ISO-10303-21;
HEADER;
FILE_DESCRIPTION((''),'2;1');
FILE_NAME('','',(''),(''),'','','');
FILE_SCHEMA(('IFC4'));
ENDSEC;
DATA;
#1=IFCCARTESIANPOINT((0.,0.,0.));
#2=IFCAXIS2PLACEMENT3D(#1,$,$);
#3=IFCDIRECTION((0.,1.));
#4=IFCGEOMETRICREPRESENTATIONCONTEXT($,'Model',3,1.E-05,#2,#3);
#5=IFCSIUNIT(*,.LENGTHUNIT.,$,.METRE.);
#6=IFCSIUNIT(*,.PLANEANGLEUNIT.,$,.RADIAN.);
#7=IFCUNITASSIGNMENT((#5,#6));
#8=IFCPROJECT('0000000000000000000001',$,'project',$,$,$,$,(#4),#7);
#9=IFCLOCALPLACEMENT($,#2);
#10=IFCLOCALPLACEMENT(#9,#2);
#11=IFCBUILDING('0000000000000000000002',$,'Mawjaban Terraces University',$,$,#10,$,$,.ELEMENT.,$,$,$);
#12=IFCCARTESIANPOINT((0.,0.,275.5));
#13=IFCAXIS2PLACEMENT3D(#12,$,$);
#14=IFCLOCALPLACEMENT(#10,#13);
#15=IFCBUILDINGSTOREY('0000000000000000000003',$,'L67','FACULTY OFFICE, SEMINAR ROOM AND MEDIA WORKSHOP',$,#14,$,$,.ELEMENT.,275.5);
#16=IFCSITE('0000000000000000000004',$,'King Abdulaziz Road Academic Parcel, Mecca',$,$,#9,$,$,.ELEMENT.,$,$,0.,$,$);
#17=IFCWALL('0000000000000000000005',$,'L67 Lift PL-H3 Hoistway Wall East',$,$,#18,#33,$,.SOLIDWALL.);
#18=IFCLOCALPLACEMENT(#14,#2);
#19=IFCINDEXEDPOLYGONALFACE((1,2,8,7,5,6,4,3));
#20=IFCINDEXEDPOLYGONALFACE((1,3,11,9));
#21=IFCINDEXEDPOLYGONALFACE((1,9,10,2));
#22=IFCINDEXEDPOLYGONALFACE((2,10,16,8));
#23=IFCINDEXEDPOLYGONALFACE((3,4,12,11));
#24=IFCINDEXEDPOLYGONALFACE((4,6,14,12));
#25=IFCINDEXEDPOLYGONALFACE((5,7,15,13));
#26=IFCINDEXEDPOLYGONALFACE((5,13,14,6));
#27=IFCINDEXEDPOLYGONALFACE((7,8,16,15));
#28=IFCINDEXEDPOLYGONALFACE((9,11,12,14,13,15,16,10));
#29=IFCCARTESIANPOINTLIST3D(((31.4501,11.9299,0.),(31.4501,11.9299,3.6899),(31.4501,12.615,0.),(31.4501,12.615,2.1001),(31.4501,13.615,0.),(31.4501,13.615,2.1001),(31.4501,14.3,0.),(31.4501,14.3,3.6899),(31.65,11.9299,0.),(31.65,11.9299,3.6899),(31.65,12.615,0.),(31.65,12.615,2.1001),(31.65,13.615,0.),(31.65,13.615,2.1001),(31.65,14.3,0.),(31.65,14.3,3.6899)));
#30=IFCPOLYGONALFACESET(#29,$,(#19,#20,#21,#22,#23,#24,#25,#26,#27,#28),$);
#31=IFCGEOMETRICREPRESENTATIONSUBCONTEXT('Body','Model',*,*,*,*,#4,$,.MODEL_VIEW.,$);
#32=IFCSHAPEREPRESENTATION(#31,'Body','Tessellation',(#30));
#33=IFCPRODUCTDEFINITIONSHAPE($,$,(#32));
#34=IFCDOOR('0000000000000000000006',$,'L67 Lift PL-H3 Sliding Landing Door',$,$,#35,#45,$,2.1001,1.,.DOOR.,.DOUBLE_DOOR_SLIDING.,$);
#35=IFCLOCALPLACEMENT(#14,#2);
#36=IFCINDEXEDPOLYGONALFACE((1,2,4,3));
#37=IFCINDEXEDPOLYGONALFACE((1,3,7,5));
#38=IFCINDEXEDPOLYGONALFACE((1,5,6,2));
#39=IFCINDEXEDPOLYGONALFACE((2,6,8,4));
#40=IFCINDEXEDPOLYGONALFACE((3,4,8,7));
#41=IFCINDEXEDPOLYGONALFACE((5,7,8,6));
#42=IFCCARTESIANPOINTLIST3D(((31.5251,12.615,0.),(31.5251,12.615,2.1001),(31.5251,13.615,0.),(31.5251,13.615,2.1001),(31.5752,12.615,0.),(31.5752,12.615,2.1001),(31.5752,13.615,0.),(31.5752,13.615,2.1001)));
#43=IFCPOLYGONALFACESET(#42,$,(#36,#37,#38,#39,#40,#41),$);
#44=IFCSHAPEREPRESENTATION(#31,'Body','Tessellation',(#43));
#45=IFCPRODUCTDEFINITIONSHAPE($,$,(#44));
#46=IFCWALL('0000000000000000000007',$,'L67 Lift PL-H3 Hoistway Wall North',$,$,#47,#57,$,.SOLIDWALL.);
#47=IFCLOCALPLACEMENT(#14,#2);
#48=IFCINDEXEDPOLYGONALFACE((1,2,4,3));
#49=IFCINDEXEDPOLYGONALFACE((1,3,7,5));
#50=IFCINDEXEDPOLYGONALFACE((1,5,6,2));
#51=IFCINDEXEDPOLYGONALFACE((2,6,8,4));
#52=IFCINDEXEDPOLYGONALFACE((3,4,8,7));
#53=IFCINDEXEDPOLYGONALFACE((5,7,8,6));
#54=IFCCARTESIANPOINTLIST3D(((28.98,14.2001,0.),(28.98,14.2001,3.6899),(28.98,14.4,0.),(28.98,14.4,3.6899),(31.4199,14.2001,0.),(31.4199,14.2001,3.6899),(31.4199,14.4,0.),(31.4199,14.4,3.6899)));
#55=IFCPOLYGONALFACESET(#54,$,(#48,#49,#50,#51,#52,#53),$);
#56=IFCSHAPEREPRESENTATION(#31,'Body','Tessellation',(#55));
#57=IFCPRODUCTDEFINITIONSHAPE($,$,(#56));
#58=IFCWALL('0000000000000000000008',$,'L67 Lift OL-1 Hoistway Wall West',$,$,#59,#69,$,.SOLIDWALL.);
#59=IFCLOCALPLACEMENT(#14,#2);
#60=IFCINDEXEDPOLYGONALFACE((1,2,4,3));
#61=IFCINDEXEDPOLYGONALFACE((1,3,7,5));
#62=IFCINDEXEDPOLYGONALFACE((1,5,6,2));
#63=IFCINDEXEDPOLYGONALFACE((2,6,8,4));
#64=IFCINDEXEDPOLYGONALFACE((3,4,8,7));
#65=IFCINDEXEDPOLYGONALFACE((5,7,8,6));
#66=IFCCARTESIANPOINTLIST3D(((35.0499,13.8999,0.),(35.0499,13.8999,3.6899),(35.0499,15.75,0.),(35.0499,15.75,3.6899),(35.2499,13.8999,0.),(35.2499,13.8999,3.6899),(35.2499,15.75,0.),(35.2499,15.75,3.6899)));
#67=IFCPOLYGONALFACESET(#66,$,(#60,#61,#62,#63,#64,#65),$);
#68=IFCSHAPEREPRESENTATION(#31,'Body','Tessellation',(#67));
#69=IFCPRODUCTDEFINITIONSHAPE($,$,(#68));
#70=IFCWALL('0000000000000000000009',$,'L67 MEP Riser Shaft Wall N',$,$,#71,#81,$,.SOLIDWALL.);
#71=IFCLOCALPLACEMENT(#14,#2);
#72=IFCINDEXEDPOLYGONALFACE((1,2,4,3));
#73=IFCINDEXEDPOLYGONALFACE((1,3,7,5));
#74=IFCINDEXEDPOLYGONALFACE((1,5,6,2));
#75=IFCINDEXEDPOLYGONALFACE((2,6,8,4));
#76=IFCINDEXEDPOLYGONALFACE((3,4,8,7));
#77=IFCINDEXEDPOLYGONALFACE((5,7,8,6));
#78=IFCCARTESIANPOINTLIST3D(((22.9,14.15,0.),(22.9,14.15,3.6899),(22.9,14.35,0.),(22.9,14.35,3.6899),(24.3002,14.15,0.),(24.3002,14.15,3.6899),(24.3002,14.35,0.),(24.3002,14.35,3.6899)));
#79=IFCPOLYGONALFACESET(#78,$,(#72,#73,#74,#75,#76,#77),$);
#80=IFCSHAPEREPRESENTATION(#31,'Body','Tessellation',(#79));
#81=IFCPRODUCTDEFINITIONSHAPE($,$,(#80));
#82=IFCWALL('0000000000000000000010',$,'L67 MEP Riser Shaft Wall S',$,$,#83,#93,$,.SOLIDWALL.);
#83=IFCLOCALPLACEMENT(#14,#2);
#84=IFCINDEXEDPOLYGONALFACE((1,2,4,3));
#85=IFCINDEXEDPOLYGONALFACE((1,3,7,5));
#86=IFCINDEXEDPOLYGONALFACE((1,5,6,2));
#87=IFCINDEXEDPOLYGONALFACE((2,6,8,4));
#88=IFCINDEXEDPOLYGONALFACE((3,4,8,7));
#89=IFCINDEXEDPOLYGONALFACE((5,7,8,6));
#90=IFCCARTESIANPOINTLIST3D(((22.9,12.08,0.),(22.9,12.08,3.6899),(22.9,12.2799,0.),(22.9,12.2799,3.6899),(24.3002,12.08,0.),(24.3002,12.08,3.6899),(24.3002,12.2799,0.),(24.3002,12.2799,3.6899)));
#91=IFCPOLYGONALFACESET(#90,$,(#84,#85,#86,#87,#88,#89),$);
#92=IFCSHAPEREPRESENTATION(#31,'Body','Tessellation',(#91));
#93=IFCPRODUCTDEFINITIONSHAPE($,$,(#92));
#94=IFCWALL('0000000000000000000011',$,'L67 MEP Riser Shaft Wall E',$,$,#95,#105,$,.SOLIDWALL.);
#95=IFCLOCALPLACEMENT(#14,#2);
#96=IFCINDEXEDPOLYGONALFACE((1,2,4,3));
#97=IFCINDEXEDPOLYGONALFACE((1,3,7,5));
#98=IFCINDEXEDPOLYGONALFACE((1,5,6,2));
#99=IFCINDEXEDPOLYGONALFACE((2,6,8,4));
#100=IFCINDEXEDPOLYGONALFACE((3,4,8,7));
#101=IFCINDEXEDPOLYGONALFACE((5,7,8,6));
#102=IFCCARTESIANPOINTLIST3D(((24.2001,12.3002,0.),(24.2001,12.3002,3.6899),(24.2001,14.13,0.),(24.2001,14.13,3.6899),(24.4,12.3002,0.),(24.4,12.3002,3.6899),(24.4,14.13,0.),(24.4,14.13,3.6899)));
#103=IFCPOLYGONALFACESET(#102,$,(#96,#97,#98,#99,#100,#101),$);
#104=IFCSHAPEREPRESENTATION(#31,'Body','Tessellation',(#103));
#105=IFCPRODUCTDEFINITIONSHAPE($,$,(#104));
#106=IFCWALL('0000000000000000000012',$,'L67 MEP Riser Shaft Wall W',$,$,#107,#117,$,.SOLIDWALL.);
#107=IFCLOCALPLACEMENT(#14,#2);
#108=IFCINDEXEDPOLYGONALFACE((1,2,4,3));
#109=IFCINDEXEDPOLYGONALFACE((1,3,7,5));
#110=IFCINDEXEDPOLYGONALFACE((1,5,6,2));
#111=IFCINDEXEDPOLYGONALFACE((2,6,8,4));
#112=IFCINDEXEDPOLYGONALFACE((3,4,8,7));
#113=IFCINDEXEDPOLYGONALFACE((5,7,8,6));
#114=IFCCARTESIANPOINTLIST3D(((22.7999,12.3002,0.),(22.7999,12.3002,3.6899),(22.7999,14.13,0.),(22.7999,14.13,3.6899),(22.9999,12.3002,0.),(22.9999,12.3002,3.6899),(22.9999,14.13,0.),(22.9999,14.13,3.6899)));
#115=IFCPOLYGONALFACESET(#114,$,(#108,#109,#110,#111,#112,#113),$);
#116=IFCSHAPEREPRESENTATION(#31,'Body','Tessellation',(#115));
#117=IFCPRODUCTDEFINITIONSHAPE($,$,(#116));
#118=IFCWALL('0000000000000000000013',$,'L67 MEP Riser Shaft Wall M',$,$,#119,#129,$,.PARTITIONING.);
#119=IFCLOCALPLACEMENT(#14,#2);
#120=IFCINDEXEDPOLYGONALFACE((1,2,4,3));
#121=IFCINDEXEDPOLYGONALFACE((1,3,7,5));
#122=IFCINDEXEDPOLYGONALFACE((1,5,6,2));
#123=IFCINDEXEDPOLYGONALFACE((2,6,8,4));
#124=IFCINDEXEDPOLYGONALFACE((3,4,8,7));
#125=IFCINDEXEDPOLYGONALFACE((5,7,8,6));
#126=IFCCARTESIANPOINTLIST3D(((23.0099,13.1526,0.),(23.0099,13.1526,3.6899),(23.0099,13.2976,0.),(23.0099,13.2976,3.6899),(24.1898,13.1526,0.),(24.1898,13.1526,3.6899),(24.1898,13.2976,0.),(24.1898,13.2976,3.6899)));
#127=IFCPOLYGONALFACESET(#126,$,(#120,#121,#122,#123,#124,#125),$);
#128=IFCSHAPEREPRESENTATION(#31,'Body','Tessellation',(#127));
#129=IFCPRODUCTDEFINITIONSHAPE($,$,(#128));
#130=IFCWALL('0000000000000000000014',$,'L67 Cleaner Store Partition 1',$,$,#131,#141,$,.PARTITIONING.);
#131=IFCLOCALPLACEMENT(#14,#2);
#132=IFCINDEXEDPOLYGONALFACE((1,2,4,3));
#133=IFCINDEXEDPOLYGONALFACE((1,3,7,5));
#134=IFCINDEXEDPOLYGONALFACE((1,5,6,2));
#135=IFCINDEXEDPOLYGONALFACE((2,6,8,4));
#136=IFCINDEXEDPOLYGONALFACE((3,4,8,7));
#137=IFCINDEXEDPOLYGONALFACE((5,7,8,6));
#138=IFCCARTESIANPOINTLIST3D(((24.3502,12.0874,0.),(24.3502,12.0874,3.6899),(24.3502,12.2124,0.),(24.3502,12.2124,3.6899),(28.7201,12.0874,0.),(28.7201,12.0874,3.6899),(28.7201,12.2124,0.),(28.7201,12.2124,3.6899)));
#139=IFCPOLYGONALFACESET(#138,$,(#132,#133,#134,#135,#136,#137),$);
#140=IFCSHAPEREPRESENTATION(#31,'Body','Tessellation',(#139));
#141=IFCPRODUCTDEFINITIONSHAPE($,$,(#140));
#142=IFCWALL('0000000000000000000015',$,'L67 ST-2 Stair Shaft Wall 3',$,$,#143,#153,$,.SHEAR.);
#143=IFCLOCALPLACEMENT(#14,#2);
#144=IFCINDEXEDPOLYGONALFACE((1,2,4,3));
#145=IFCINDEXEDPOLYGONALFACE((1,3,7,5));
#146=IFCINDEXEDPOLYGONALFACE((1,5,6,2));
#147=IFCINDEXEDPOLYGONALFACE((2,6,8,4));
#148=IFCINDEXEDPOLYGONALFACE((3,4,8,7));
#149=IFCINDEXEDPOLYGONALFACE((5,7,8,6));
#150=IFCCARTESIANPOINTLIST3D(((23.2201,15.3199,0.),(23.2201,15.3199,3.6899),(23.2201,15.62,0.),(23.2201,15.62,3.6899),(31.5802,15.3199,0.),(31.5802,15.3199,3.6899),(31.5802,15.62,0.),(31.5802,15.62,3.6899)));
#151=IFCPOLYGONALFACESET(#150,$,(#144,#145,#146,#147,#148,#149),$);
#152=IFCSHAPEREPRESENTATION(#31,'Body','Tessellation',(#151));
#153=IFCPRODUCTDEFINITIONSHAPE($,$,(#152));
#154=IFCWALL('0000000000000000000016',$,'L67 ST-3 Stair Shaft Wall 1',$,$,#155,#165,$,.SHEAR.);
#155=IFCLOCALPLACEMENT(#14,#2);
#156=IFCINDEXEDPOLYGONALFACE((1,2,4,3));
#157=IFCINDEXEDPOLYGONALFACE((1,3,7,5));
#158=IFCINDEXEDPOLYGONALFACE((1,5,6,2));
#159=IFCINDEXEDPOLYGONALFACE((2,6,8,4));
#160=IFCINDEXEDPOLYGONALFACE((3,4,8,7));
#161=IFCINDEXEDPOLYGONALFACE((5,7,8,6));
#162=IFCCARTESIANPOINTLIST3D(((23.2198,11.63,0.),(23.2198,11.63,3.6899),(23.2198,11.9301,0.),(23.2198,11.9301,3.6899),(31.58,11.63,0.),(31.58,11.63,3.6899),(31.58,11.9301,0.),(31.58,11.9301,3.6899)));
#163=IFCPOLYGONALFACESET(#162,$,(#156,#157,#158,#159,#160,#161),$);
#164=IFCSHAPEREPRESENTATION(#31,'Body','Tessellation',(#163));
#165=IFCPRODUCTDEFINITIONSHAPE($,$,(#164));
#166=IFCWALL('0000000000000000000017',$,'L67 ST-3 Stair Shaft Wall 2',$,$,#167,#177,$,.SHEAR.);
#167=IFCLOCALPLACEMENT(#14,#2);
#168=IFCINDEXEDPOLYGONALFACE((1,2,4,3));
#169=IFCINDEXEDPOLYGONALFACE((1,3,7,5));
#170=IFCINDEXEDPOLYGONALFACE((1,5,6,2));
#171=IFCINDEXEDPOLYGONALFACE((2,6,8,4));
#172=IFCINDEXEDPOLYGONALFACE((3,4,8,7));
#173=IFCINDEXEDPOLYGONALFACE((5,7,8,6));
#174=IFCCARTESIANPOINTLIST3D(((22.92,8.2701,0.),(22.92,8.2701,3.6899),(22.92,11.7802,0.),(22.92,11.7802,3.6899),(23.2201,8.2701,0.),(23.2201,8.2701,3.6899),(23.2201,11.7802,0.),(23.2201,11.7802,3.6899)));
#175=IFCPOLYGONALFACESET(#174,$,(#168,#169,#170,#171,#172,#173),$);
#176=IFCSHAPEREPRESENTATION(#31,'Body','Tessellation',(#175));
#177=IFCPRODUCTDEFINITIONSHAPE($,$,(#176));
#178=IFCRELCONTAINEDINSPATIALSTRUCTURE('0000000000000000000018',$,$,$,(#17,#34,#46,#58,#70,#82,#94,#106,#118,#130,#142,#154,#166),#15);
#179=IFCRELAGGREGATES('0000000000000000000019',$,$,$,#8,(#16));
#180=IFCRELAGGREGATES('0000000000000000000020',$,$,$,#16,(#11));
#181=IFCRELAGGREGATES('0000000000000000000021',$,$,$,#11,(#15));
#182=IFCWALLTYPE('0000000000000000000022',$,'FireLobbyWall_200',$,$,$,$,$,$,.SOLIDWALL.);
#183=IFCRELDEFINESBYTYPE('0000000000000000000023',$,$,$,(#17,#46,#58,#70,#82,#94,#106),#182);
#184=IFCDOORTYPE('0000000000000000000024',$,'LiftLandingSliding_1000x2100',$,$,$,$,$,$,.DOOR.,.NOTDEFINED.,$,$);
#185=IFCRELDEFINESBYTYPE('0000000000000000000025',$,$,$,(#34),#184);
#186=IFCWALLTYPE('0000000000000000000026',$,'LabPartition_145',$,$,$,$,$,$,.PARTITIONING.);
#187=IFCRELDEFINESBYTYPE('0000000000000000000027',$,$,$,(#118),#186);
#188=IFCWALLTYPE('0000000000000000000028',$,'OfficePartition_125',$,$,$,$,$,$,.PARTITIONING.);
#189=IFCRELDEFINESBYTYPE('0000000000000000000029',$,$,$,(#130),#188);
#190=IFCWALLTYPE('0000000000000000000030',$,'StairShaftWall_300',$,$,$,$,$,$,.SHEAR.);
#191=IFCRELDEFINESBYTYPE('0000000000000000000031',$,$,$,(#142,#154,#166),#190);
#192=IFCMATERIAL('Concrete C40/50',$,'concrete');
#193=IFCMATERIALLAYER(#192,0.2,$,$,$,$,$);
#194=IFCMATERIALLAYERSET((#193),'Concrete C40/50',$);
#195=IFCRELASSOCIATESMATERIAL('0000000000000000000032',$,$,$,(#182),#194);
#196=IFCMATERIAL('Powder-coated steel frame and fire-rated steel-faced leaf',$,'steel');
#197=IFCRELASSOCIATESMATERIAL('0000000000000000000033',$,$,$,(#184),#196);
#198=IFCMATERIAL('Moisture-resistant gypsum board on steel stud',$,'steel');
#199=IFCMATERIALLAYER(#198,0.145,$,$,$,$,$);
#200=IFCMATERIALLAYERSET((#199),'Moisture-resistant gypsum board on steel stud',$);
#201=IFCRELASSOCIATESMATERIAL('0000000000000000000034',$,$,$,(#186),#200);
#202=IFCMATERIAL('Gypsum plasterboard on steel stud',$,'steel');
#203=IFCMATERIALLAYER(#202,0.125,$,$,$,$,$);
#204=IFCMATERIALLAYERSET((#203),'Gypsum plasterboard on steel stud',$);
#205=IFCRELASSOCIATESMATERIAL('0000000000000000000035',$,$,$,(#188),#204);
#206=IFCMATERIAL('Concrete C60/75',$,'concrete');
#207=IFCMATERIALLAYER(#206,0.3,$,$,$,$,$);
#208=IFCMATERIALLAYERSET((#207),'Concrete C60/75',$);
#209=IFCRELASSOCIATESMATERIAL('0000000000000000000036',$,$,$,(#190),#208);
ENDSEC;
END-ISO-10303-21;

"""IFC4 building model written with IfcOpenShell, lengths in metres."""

from ifc_helpers import new_model, si_unit, direction, frame, frame_2d, origin, place, context, subcontext, project, spatial, rectangle, extrude, material, layer, layer_set, type_object, element, fill, save


model = new_model("IFC4")

# Units and contexts
model_context = context("Model", 3, precision=1e-05, world=origin(), true_north=direction((0.0, 1.0)))
body_context = subcontext(model_context, "Body", "Model", "MODEL_VIEW")
ifc_project = project(units=[si_unit("LENGTHUNIT", "METRE"), si_unit("PLANEANGLEUNIT", "RADIAN")], contexts=[model_context])

# Site, building, storey
site_placement = place(None, origin())
site = spatial("IfcSite", under=ifc_project, at=site_placement, Name="King Abdulaziz Road Academic Parcel, Mecca", CompositionType="ELEMENT", RefElevation=0.0)
building_placement = place(site_placement, origin())
building = spatial("IfcBuilding", under=site, at=building_placement, Name="Mawjaban Terraces University", CompositionType="ELEMENT")
storey_placement = place(building_placement, frame((0.0, 0.0, 275.5)))
storey = spatial("IfcBuildingStorey", under=building, at=storey_placement, Name="L67", Description="FACULTY OFFICE, SEMINAR ROOM AND MEDIA WORKSHOP", CompositionType="ELEMENT", Elevation=275.5)

# Shared definitions
ifc_material_1 = material(Name="Concrete C40/50", Category="concrete")
ifc_layer_1 = layer(ifc_material_1, 0.2)
ifc_layer_set_1 = layer_set([ifc_layer_1], Name="Concrete C40/50")
wall_type_1 = type_object("IfcWallType", Name="FireLobbyWall_200", PredefinedType="SOLIDWALL", material=ifc_layer_set_1)
ifc_material_2 = material(Name="Powder-coated steel frame and fire-rated steel-faced leaf", Category="steel")
door_type_1 = type_object("IfcDoorType", Name="LiftLandingSliding_1000x2100", OperationType="NOTDEFINED", PredefinedType="DOOR", material=ifc_material_2)

# Wall, opening, door
wall_1_placement = place(storey_placement, frame((31.55, 11.9299, 0.0), z_axis=(0.0, 0.0, 1.0), x_axis=(0.0, 1.0, 0.0)))
wall_1 = element("IfcWall", 1, at=wall_1_placement, inside=storey, type_object=wall_type_1, Name="L67 Lift PL-H3 Hoistway Wall East", PredefinedType="SOLIDWALL", context=body_context, shape_type="SweptSolid", body=[
    extrude(rectangle(XDim=2.3701, YDim=0.2, at=frame_2d((1.1851, 0.0))), origin(), (0.0, 0.0, 1.0), 3.6899),
])
opening_1_placement = place(wall_1_placement, frame((0.6851, 0.0, 0.0)))
opening_1 = element("IfcOpeningElement", 2, at=opening_1_placement, cuts=wall_1, PredefinedType="OPENING", context=body_context, shape_type="SweptSolid", body=[
    extrude(rectangle(XDim=1.0, YDim=2.1001, at=frame_2d((0.5, 1.05))), frame((0.0, 0.1099, 0.0), z_axis=(0.0, -1.0, 0.0), x_axis=(1.0, 0.0, 0.0)), (0.0, 0.0, 1.0), 0.22),
])
door_1_placement = place(opening_1_placement, origin())
door_1 = element("IfcDoor", 3, at=door_1_placement, inside=storey, type_object=door_type_1, Name="L67 Lift PL-H3 Sliding Landing Door", OperationType="DOUBLE_DOOR_SLIDING", OverallHeight=2.1001, OverallWidth=1.0, PredefinedType="DOOR", context=body_context, shape_type="SweptSolid", body=[
    extrude(rectangle(XDim=1.0, YDim=2.1001, at=frame_2d((0.5, 1.05))), frame((0.0, 0.0249, 0.0), z_axis=(0.0, -1.0, 0.0), x_axis=(1.0, 0.0, 0.0)), (0.0, 0.0, 1.0), 0.05),
])
fill(opening_1, door_1)

# Walls
wall_2_placement = place(storey_placement, frame((31.4199, 14.3, 0.0), z_axis=(0.0, 0.0, 1.0), x_axis=(-1.0, 0.0, 0.0)))
element("IfcWall", 4, at=wall_2_placement, inside=storey, type_object=wall_type_1, Name="L67 Lift PL-H3 Hoistway Wall North", PredefinedType="SOLIDWALL", context=body_context, shape_type="SweptSolid", body=[
    extrude(rectangle(XDim=2.4399, YDim=0.2, at=frame_2d((1.22, 0.0))), origin(), (0.0, 0.0, 1.0), 3.6899),
])
wall_3_placement = place(storey_placement, frame((35.1499, 15.75, 0.0), z_axis=(0.0, 0.0, 1.0), x_axis=(0.0, -1.0, 0.0)))
element("IfcWall", 5, at=wall_3_placement, inside=storey, type_object=wall_type_1, Name="L67 Lift OL-1 Hoistway Wall West", PredefinedType="SOLIDWALL", context=body_context, shape_type="SweptSolid", body=[
    extrude(rectangle(XDim=1.8501, YDim=0.2, at=frame_2d((0.925, 0.0))), origin(), (0.0, 0.0, 1.0), 3.6899),
])
for number, where, z_axis, x_axis, name in (
    (6, (22.8999, 14.25, 0.0), (0.0, 0.0, 1.0), (1.0, 0.0, 0.0), "L67 MEP Riser Shaft Wall N"),
    (7, (22.8999, 12.1799, 0.0), (0.0, 0.0, 1.0), (1.0, 0.0, 0.0), "L67 MEP Riser Shaft Wall S"),
):
    element("IfcWall", number, at=place(storey_placement, frame(where, z_axis=z_axis, x_axis=x_axis)), inside=storey, type_object=wall_type_1, Name=name, PredefinedType="SOLIDWALL", context=body_context, shape_type="SweptSolid", body=[
        extrude(rectangle(XDim=1.4001, YDim=0.2, at=frame_2d((0.7002, 0.0))), origin(), (0.0, 0.0, 1.0), 3.6899),
    ])
for number, where, z_axis, x_axis, name in (
    (8, (24.3, 12.3, 0.0), (0.0, 0.0, 1.0), (0.0, 1.0, 0.0), "L67 MEP Riser Shaft Wall E"),
    (9, (22.8999, 12.3, 0.0), (0.0, 0.0, 1.0), (0.0, 1.0, 0.0), "L67 MEP Riser Shaft Wall W"),
):
    element("IfcWall", number, at=place(storey_placement, frame(where, z_axis=z_axis, x_axis=x_axis)), inside=storey, type_object=wall_type_1, Name=name, PredefinedType="SOLIDWALL", context=body_context, shape_type="SweptSolid", body=[
        extrude(rectangle(XDim=1.8298, YDim=0.2, at=frame_2d((0.915, 0.0))), origin(), (0.0, 0.0, 1.0), 3.6899),
    ])
ifc_material_3 = material(Name="Moisture-resistant gypsum board on steel stud", Category="steel")
ifc_layer_2 = layer(ifc_material_3, 0.145)
ifc_layer_set_2 = layer_set([ifc_layer_2], Name="Moisture-resistant gypsum board on steel stud")
wall_type_2 = type_object("IfcWallType", Name="LabPartition_145", PredefinedType="PARTITIONING", material=ifc_layer_set_2)
wall_4_placement = place(storey_placement, frame((23.01, 13.2251, 0.0), z_axis=(0.0, 0.0, 1.0), x_axis=(1.0, 0.0, 0.0)))
element("IfcWall", 10, at=wall_4_placement, inside=storey, type_object=wall_type_2, Name="L67 MEP Riser Shaft Wall M", PredefinedType="PARTITIONING", context=body_context, shape_type="SweptSolid", body=[
    extrude(rectangle(XDim=1.1799, YDim=0.145, at=frame_2d((0.5898, 0.0))), origin(), (0.0, 0.0, 1.0), 3.6899),
])
ifc_material_4 = material(Name="Gypsum plasterboard on steel stud", Category="steel")
ifc_layer_3 = layer(ifc_material_4, 0.125)
ifc_layer_set_3 = layer_set([ifc_layer_3], Name="Gypsum plasterboard on steel stud")
wall_type_3 = type_object("IfcWallType", Name="OfficePartition_125", PredefinedType="PARTITIONING", material=ifc_layer_set_3)
wall_5_placement = place(storey_placement, frame((24.3501, 12.1499, 0.0), z_axis=(0.0, 0.0, 1.0), x_axis=(1.0, 0.0, 0.0)))
element("IfcWall", 11, at=wall_5_placement, inside=storey, type_object=wall_type_3, Name="L67 Cleaner Store Partition 1", PredefinedType="PARTITIONING", context=body_context, shape_type="SweptSolid", body=[
    extrude(rectangle(XDim=4.3699, YDim=0.125, at=frame_2d((2.1851, 0.0))), origin(), (0.0, 0.0, 1.0), 3.6899),
])
ifc_material_5 = material(Name="Concrete C60/75", Category="concrete")
ifc_layer_4 = layer(ifc_material_5, 0.3)
ifc_layer_set_4 = layer_set([ifc_layer_4], Name="Concrete C60/75")
wall_type_4 = type_object("IfcWallType", Name="StairShaftWall_300", PredefinedType="SHEAR", material=ifc_layer_set_4)
wall_6_placement = place(storey_placement, frame((23.22, 15.47, 0.0), z_axis=(0.0, 0.0, 1.0), x_axis=(1.0, 0.0, 0.0)))
element("IfcWall", 12, at=wall_6_placement, inside=storey, type_object=wall_type_4, Name="L67 ST-2 Stair Shaft Wall 3", PredefinedType="SHEAR", context=body_context, shape_type="SweptSolid", body=[
    extrude(rectangle(XDim=8.3601, YDim=0.3, at=frame_2d((4.1802, 0.0))), origin(), (0.0, 0.0, 1.0), 3.6899),
])

# Walls
wall_7_placement = place(storey_placement, frame((31.5801, 11.78, 0.0), z_axis=(0.0, 0.0, 1.0), x_axis=(-1.0, 0.0, 0.0)))
element("IfcWall", 13, at=wall_7_placement, inside=storey, type_object=wall_type_4, Name="L67 ST-3 Stair Shaft Wall 1", PredefinedType="SHEAR", context=body_context, shape_type="SweptSolid", body=[
    extrude(rectangle(XDim=8.3601, YDim=0.3, at=frame_2d((4.1802, 0.0))), origin(), (0.0, 0.0, 1.0), 3.6899),
])
wall_8_placement = place(storey_placement, frame((23.0701, 11.78, 0.0), z_axis=(0.0, 0.0, 1.0), x_axis=(0.0, -1.0, 0.0)))
element("IfcWall", 14, at=wall_8_placement, inside=storey, type_object=wall_type_4, Name="L67 ST-3 Stair Shaft Wall 2", PredefinedType="SHEAR", context=body_context, shape_type="SweptSolid", body=[
    extrude(rectangle(XDim=3.51, YDim=0.3, at=frame_2d((1.7549, 0.0))), origin(), (0.0, 0.0, 1.0), 3.6899),
])

save(model, "model.ifc")
